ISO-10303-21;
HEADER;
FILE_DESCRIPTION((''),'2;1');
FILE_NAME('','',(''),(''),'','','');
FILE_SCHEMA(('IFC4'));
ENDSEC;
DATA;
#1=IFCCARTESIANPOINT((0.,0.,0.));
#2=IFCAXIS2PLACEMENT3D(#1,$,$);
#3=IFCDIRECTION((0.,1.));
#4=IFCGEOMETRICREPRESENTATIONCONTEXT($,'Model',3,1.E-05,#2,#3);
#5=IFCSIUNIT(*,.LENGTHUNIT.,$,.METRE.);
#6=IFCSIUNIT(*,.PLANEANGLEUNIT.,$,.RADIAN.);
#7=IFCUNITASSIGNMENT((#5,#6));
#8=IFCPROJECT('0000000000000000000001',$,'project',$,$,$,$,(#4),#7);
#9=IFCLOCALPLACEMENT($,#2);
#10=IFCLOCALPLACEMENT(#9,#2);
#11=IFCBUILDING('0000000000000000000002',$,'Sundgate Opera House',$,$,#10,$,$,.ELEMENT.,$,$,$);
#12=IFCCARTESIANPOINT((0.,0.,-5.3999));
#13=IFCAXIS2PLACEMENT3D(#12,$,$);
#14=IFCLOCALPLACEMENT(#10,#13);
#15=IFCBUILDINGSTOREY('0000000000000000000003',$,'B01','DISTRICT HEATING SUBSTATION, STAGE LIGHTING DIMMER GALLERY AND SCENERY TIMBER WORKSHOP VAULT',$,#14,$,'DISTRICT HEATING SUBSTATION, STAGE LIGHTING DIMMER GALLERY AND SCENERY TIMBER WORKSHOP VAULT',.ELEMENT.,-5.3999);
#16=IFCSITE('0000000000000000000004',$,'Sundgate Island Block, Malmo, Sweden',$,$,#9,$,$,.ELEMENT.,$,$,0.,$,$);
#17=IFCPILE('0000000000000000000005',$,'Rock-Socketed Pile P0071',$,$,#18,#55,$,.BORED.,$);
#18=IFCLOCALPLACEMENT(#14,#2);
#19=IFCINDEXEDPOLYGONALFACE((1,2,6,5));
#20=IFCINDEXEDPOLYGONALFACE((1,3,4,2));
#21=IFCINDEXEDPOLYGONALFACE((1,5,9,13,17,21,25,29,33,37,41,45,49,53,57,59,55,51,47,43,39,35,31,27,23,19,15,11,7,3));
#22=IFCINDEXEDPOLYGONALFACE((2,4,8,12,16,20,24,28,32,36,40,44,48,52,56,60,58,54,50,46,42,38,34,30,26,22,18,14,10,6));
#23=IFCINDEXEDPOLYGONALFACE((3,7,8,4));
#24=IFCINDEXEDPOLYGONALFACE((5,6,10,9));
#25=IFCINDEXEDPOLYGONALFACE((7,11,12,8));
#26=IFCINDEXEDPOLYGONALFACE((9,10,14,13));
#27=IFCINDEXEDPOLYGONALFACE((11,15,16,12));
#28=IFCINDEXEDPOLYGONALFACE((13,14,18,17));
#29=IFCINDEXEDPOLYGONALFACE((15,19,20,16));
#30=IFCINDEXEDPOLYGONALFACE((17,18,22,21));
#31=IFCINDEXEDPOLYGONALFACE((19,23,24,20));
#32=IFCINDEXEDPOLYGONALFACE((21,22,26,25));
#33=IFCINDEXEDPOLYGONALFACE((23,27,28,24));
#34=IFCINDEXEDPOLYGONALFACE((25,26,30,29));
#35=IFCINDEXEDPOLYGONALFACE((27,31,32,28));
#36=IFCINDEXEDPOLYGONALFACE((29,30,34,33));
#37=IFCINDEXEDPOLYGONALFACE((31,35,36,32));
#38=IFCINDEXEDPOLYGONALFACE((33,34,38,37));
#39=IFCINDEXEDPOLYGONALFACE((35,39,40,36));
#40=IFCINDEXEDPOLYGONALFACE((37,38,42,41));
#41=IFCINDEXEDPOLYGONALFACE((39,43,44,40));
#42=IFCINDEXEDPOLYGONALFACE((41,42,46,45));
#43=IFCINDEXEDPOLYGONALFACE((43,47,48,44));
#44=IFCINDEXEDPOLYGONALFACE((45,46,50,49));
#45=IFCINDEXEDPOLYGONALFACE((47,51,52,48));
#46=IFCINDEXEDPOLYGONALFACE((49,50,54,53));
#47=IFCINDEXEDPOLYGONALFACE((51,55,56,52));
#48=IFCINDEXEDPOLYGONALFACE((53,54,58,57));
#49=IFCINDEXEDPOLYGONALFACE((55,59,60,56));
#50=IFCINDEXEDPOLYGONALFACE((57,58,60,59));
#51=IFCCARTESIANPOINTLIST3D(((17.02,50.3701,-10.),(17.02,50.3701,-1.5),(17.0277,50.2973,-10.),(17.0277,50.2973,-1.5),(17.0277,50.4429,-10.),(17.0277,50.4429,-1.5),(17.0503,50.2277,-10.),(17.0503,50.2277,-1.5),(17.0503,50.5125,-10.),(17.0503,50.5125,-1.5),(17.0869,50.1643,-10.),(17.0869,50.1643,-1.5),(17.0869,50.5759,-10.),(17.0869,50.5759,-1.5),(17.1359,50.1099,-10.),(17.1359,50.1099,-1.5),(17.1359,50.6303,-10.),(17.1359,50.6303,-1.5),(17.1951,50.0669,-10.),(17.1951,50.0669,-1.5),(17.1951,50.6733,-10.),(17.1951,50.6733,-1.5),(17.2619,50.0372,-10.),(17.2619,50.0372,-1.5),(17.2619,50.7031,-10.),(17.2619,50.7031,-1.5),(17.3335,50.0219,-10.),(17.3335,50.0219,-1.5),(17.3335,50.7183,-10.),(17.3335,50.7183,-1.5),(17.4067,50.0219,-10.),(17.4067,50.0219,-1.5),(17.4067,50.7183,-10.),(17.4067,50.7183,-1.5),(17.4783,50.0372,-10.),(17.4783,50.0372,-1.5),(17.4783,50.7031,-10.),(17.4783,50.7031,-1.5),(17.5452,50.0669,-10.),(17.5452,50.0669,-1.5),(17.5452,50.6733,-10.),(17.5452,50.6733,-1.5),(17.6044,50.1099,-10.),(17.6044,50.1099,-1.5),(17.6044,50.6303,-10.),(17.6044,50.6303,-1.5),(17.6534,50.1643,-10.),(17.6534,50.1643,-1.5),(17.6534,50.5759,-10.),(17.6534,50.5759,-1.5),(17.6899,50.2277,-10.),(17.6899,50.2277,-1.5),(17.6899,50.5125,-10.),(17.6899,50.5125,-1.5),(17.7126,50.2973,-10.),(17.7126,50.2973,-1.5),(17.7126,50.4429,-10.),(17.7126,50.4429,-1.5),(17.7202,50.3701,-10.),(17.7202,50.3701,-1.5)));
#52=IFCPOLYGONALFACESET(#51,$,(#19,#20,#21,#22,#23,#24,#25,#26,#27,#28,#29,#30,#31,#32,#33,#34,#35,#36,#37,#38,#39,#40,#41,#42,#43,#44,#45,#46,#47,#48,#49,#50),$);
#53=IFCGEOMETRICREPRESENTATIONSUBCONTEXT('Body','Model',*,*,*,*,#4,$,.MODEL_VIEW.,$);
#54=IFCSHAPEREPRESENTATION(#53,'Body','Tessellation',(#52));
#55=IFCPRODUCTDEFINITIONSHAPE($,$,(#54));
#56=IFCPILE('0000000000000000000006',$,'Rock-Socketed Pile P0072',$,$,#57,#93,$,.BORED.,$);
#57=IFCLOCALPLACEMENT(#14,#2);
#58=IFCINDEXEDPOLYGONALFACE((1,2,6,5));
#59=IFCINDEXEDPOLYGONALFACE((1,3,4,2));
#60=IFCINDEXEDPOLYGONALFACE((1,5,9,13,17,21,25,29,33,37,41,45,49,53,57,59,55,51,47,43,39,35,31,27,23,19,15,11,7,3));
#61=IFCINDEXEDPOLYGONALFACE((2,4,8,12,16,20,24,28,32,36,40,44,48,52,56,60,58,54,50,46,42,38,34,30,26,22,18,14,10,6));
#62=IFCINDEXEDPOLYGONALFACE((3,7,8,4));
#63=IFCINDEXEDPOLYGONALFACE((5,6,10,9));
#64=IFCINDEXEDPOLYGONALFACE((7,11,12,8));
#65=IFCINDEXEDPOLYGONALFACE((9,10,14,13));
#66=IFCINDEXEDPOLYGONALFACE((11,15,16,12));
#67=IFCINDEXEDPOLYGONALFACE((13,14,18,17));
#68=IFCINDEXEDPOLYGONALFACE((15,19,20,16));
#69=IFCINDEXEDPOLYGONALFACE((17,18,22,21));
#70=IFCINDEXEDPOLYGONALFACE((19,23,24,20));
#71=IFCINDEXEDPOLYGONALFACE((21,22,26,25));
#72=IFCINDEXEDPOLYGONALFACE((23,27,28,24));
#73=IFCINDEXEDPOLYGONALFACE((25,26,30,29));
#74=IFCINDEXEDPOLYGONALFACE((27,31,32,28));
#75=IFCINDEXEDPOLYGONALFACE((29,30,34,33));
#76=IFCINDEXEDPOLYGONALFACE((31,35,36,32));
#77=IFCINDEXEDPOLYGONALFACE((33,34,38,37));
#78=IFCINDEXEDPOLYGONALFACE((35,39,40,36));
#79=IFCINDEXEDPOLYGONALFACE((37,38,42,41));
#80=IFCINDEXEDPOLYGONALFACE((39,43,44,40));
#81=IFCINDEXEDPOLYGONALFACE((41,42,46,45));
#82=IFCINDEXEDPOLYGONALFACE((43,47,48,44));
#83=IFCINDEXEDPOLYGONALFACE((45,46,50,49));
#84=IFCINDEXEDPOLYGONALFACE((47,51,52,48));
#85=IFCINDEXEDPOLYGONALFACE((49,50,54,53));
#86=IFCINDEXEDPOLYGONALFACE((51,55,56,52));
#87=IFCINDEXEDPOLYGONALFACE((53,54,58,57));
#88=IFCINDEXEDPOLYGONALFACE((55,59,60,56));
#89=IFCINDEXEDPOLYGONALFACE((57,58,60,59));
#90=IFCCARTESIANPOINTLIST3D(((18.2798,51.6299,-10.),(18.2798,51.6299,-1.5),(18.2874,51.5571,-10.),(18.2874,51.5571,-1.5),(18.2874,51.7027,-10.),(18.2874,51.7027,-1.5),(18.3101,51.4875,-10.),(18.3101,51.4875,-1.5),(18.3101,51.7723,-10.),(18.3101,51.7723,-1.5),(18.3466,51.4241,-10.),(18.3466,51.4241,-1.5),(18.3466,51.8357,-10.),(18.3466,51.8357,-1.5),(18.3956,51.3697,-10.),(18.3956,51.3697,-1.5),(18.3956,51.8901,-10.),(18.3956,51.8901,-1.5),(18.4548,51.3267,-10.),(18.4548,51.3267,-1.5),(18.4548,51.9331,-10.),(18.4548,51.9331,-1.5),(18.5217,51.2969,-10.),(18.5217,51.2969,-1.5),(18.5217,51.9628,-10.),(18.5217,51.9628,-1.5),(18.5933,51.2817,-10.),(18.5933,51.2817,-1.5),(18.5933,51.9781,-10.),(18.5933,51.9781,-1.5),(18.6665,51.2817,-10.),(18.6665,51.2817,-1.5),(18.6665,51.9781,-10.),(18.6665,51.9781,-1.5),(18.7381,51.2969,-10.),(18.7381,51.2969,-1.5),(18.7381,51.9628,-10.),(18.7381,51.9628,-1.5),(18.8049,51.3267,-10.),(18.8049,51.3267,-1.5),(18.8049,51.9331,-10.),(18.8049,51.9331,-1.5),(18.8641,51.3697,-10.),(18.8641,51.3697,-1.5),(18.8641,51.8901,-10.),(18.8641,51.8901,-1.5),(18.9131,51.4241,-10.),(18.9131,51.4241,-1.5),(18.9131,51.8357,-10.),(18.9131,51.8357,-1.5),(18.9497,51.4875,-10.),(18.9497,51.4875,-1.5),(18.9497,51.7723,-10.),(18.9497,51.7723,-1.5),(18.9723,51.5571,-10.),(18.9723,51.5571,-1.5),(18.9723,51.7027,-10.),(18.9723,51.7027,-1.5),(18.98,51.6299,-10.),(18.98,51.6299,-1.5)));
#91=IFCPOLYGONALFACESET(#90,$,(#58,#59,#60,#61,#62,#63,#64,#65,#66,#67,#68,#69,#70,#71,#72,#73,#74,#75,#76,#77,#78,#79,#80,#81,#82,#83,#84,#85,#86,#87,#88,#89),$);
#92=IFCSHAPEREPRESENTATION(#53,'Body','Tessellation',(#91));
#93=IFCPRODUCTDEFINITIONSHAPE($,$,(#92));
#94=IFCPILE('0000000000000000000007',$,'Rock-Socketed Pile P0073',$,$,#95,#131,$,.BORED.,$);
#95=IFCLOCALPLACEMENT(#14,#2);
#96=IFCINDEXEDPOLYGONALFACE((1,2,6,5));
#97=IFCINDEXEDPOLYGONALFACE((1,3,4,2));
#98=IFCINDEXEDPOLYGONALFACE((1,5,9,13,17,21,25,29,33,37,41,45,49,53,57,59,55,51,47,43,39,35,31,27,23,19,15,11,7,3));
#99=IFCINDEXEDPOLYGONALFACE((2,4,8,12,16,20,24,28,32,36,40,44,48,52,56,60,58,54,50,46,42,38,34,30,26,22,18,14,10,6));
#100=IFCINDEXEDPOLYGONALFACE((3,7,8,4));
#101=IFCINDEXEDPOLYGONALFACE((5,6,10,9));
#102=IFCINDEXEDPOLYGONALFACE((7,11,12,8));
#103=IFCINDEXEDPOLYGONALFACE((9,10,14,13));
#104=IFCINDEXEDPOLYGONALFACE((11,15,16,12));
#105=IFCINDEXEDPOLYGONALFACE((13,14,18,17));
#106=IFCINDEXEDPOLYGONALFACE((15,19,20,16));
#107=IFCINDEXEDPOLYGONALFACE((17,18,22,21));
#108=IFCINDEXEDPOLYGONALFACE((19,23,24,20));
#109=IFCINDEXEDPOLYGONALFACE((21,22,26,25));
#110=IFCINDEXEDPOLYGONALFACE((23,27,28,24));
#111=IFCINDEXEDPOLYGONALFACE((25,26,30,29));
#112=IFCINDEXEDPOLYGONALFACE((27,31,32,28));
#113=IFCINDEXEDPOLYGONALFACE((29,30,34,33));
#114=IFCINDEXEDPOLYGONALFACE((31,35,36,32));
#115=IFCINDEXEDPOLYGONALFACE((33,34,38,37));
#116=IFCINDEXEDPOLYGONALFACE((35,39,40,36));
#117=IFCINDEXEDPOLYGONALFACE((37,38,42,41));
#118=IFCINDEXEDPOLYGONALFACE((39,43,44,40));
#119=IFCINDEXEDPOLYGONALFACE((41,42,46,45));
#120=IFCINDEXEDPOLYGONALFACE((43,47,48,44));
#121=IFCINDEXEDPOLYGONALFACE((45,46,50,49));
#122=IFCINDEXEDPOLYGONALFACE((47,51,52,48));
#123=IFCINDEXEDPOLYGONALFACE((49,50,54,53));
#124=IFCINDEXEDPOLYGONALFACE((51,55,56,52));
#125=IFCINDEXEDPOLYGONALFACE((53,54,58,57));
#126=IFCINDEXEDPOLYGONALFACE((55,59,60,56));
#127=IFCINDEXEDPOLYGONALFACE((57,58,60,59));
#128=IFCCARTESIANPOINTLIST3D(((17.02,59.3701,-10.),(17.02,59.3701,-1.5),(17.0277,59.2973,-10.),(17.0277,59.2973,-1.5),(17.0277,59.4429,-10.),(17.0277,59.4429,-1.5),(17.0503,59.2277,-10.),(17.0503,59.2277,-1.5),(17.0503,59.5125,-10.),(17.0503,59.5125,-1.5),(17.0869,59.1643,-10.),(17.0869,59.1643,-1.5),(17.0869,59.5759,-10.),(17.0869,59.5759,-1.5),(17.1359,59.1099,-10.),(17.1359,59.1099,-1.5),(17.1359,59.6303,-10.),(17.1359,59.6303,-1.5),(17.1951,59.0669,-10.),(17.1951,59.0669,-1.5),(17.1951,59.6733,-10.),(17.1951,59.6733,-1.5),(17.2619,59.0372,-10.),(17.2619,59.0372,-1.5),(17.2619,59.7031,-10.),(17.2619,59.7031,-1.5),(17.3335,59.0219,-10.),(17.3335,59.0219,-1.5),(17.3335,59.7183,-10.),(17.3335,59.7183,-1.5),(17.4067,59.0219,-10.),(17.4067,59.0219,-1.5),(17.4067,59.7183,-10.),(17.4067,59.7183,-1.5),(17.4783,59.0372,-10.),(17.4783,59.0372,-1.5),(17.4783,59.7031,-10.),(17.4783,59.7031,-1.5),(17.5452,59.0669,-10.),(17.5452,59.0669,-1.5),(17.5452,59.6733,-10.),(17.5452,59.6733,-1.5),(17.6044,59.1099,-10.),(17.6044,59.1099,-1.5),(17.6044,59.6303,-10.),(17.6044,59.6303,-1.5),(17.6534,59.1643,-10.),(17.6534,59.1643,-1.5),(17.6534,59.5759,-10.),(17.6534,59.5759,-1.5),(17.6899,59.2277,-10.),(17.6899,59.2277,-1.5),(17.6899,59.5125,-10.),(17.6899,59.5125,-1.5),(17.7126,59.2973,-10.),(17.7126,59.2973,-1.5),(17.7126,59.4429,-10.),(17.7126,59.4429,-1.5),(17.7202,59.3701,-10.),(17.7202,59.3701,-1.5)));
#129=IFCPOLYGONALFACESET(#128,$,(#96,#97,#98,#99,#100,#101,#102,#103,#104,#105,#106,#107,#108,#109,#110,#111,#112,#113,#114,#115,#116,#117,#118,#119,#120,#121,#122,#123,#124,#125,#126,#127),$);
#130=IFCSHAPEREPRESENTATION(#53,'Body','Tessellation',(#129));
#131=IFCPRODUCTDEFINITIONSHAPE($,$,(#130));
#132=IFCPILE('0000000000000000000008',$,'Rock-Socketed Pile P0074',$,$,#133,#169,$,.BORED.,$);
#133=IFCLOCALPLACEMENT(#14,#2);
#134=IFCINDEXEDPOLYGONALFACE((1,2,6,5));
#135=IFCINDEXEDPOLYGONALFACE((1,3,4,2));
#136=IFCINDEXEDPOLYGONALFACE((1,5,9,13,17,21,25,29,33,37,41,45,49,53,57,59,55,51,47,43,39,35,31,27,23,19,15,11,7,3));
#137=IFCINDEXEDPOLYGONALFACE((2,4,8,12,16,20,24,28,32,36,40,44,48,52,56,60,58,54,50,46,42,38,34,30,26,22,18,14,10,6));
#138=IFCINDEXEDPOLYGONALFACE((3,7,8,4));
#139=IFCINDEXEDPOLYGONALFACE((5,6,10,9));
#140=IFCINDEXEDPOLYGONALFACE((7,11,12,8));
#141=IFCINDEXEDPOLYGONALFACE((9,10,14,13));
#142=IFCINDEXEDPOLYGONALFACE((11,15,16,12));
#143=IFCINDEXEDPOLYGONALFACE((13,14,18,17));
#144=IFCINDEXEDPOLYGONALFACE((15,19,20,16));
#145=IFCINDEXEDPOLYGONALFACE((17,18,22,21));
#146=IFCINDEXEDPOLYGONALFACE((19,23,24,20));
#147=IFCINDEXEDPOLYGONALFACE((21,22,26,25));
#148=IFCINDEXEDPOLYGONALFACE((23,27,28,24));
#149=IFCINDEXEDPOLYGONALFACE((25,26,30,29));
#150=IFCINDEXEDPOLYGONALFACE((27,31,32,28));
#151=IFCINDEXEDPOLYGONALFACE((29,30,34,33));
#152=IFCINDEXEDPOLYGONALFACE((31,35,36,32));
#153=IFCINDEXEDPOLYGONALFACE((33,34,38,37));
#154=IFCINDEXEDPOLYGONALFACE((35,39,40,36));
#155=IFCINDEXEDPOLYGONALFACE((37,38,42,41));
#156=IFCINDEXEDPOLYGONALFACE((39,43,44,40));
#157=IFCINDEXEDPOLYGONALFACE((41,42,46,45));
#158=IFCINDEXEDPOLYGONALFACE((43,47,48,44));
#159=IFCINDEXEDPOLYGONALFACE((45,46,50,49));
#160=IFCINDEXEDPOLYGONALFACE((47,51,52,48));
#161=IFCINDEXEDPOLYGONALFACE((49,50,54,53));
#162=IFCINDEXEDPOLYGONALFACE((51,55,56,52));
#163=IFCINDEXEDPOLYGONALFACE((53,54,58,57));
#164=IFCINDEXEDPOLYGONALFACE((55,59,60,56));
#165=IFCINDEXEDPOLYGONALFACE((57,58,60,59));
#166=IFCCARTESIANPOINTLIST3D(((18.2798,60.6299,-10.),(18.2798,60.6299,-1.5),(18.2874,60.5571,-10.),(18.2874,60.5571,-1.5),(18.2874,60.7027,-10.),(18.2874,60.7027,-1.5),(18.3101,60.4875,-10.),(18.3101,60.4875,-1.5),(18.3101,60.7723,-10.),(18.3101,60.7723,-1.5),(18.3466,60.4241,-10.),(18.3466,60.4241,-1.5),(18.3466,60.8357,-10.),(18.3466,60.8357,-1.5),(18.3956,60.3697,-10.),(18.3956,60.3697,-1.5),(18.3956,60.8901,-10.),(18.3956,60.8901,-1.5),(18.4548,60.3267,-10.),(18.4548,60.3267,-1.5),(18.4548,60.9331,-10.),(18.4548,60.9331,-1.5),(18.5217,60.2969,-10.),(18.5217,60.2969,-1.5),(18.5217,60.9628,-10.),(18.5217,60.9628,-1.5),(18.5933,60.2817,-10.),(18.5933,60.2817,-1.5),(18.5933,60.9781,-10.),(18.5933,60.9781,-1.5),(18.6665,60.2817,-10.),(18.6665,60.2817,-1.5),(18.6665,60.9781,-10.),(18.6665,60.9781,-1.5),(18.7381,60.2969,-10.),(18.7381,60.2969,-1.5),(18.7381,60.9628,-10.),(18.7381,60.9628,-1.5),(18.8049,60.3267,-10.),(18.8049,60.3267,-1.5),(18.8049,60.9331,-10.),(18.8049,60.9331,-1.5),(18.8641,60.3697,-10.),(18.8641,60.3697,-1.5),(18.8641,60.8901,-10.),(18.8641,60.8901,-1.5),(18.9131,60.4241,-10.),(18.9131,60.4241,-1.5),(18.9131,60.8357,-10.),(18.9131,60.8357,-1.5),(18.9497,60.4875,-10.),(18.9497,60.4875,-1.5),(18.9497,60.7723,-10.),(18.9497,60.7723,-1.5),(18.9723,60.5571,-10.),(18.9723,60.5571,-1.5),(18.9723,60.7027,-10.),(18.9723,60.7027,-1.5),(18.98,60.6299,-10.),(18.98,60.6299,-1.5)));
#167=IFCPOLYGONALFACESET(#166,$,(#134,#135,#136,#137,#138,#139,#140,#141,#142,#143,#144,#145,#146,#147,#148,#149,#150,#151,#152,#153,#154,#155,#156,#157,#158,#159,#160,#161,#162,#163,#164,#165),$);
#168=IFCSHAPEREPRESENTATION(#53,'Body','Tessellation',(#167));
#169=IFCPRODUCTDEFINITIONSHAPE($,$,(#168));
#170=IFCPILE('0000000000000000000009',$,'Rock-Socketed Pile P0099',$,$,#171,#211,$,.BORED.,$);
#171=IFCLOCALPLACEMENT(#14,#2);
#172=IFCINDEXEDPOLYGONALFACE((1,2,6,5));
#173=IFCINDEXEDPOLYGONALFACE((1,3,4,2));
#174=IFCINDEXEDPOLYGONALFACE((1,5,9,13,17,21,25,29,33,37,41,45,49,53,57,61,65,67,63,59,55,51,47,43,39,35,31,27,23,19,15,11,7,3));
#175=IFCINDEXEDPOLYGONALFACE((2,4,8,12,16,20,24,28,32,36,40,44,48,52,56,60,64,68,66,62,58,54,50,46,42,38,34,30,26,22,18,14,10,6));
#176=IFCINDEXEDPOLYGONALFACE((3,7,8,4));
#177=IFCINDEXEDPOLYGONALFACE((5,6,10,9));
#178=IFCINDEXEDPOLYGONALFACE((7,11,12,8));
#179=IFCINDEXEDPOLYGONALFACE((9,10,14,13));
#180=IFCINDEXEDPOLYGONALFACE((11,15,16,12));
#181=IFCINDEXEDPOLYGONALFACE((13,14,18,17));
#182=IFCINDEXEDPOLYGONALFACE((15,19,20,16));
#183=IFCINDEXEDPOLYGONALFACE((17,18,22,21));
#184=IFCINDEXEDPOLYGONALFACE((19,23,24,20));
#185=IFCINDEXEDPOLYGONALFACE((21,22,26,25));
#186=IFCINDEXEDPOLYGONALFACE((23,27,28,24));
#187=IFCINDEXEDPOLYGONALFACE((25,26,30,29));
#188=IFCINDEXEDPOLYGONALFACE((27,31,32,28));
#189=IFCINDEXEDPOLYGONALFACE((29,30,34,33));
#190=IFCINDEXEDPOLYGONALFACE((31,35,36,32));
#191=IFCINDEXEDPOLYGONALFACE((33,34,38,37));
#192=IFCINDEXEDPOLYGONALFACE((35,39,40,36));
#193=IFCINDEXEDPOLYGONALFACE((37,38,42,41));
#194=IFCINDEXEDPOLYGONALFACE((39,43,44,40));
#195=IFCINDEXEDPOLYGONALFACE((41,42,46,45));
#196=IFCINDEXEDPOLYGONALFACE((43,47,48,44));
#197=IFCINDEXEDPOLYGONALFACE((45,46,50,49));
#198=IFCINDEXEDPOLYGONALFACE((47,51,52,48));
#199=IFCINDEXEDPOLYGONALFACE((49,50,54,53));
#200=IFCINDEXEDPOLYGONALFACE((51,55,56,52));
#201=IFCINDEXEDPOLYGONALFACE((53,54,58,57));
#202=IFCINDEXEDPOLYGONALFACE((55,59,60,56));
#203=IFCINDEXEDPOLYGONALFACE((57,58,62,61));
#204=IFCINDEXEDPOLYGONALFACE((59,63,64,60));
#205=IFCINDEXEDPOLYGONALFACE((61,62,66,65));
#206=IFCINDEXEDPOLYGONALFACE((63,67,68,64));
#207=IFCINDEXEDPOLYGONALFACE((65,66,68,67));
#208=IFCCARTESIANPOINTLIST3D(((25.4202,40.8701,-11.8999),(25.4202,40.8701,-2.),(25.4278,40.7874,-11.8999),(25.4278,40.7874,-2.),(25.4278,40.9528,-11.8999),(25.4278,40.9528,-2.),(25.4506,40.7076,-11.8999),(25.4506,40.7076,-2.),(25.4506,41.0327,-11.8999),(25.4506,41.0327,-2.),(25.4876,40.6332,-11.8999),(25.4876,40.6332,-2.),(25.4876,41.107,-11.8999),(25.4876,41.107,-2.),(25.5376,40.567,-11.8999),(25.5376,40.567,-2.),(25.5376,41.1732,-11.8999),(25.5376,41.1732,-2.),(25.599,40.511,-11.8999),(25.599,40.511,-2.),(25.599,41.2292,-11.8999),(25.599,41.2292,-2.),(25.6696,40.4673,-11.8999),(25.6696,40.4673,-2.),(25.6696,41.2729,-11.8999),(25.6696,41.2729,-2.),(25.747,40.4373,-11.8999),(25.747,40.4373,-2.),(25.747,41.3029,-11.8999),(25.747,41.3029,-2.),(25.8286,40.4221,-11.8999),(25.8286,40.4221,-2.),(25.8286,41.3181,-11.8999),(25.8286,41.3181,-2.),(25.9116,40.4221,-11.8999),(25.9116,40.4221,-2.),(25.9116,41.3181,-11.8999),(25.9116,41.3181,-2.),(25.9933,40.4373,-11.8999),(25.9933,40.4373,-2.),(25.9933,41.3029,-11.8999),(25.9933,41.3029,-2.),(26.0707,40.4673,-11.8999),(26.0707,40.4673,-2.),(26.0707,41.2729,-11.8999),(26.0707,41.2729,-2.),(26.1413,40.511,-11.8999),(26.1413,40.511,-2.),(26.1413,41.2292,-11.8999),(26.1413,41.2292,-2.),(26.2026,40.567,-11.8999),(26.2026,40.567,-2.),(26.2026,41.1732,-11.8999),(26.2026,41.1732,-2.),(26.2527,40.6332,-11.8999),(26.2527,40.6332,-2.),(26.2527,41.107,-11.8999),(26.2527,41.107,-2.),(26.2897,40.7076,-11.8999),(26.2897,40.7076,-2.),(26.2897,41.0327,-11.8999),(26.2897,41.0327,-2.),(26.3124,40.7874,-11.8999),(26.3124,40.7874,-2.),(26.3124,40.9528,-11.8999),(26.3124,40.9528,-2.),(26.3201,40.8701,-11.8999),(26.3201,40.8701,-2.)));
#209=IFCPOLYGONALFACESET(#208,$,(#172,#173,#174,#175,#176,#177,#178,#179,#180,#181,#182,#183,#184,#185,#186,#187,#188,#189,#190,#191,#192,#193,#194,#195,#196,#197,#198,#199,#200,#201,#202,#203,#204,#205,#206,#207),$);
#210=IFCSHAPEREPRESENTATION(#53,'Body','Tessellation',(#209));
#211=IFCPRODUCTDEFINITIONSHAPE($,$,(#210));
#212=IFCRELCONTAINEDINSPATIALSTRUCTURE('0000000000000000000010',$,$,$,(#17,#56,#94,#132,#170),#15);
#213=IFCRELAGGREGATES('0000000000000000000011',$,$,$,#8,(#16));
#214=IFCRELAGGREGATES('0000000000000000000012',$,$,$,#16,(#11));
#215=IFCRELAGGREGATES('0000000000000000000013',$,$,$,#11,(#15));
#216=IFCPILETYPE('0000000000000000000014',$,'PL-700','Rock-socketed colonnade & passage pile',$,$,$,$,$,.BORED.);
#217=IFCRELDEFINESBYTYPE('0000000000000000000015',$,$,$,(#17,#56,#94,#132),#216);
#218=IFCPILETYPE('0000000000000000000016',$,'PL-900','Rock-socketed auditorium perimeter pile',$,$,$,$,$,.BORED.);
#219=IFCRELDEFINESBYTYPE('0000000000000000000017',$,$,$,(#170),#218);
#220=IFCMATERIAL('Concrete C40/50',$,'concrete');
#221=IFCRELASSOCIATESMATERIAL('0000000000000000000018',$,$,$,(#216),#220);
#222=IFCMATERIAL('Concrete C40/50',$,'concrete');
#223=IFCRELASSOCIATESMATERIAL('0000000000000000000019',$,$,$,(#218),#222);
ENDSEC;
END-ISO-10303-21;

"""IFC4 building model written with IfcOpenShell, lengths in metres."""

from ifc_helpers import new_model, si_unit, direction, frame, origin, origin_2d, place, context, subcontext, project, spatial, circle, extrude, material, material_profile, profile_set, type_object, element, save


model = new_model("IFC4")

# Units and contexts
model_context = context("Model", 3, precision=1e-05, world=origin(), true_north=direction((0.0, 1.0)))
body_context = subcontext(model_context, "Body", "Model", "MODEL_VIEW")
ifc_project = project(units=[si_unit("LENGTHUNIT", "METRE"), si_unit("PLANEANGLEUNIT", "RADIAN")], contexts=[model_context])

# Site, building, storey
site_placement = place(None, origin())
site = spatial("IfcSite", under=ifc_project, at=site_placement, Name="Sundgate Island Block, Malmo, Sweden", CompositionType="ELEMENT", RefElevation=0.0)
building_placement = place(site_placement, origin())
building = spatial("IfcBuilding", under=site, at=building_placement, Name="Sundgate Opera House", CompositionType="ELEMENT")
storey_placement = place(building_placement, frame((0.0, 0.0, -5.3999)))
storey = spatial("IfcBuildingStorey", under=building, at=storey_placement, Name="B01", Description="DISTRICT HEATING SUBSTATION, STAGE LIGHTING DIMMER GALLERY AND SCENERY TIMBER WORKSHOP VAULT", LongName="DISTRICT HEATING SUBSTATION, STAGE LIGHTING DIMMER GALLERY AND SCENERY TIMBER WORKSHOP VAULT", CompositionType="ELEMENT", Elevation=-5.3999)

# Piles
ifc_material_1 = material(Name="Concrete C40/50", Category="concrete")
ifc_material_profile_1 = material_profile(ifc_material_1, circle(Radius=0.3501, at=origin_2d()), Name="PILE D700")
ifc_profile_set_1 = profile_set([ifc_material_profile_1], Name="Concrete C40/50")
pile_type_1 = type_object("IfcPileType", Name="PL-700", Description="Rock-socketed colonnade & passage pile", PredefinedType="BORED", material=ifc_profile_set_1)
for number, where, z_axis, x_axis, name in (
    (1, (17.3701, 50.3701, -1.5), (0.0, 0.0, -1.0), (1.0, 0.0, 0.0), "Rock-Socketed Pile P0071"),
    (2, (18.6299, 51.6299, -1.5), (0.0, 0.0, -1.0), (1.0, 0.0, 0.0), "Rock-Socketed Pile P0072"),
    (3, (17.3701, 59.3701, -1.5), (0.0, 0.0, -1.0), (1.0, 0.0, 0.0), "Rock-Socketed Pile P0073"),
    (4, (18.6299, 60.6299, -1.5), (0.0, 0.0, -1.0), (1.0, 0.0, 0.0), "Rock-Socketed Pile P0074"),
):
    element("IfcPile", number, at=place(storey_placement, frame(where, z_axis=z_axis, x_axis=x_axis)), inside=storey, type_object=pile_type_1, Name=name, PredefinedType="BORED", context=body_context, shape_type="SweptSolid", body=[
        extrude(circle(Radius=0.3501, at=origin_2d()), origin(), (0.0, 0.0, 1.0), 8.5),
    ])
ifc_material_2 = material(Name="Concrete C40/50", Category="concrete")
ifc_material_profile_2 = material_profile(ifc_material_2, circle(Radius=0.45, at=origin_2d()), Name="PILE D900")
ifc_profile_set_2 = profile_set([ifc_material_profile_2], Name="Concrete C40/50")
pile_type_2 = type_object("IfcPileType", Name="PL-900", Description="Rock-socketed auditorium perimeter pile", PredefinedType="BORED", material=ifc_profile_set_2)
for number, where, z_axis, x_axis, name in (
    (5, (25.8701, 40.8701, -2.0), (0.0, 0.0, -1.0), (1.0, 0.0, 0.0), "Rock-Socketed Pile P0099"),
):
    element("IfcPile", number, at=place(storey_placement, frame(where, z_axis=z_axis, x_axis=x_axis)), inside=storey, type_object=pile_type_2, Name=name, PredefinedType="BORED", context=body_context, shape_type="SweptSolid", body=[
        extrude(circle(Radius=0.45, at=origin_2d()), origin(), (0.0, 0.0, 1.0), 9.8999),
    ])

save(model, "model.ifc")
